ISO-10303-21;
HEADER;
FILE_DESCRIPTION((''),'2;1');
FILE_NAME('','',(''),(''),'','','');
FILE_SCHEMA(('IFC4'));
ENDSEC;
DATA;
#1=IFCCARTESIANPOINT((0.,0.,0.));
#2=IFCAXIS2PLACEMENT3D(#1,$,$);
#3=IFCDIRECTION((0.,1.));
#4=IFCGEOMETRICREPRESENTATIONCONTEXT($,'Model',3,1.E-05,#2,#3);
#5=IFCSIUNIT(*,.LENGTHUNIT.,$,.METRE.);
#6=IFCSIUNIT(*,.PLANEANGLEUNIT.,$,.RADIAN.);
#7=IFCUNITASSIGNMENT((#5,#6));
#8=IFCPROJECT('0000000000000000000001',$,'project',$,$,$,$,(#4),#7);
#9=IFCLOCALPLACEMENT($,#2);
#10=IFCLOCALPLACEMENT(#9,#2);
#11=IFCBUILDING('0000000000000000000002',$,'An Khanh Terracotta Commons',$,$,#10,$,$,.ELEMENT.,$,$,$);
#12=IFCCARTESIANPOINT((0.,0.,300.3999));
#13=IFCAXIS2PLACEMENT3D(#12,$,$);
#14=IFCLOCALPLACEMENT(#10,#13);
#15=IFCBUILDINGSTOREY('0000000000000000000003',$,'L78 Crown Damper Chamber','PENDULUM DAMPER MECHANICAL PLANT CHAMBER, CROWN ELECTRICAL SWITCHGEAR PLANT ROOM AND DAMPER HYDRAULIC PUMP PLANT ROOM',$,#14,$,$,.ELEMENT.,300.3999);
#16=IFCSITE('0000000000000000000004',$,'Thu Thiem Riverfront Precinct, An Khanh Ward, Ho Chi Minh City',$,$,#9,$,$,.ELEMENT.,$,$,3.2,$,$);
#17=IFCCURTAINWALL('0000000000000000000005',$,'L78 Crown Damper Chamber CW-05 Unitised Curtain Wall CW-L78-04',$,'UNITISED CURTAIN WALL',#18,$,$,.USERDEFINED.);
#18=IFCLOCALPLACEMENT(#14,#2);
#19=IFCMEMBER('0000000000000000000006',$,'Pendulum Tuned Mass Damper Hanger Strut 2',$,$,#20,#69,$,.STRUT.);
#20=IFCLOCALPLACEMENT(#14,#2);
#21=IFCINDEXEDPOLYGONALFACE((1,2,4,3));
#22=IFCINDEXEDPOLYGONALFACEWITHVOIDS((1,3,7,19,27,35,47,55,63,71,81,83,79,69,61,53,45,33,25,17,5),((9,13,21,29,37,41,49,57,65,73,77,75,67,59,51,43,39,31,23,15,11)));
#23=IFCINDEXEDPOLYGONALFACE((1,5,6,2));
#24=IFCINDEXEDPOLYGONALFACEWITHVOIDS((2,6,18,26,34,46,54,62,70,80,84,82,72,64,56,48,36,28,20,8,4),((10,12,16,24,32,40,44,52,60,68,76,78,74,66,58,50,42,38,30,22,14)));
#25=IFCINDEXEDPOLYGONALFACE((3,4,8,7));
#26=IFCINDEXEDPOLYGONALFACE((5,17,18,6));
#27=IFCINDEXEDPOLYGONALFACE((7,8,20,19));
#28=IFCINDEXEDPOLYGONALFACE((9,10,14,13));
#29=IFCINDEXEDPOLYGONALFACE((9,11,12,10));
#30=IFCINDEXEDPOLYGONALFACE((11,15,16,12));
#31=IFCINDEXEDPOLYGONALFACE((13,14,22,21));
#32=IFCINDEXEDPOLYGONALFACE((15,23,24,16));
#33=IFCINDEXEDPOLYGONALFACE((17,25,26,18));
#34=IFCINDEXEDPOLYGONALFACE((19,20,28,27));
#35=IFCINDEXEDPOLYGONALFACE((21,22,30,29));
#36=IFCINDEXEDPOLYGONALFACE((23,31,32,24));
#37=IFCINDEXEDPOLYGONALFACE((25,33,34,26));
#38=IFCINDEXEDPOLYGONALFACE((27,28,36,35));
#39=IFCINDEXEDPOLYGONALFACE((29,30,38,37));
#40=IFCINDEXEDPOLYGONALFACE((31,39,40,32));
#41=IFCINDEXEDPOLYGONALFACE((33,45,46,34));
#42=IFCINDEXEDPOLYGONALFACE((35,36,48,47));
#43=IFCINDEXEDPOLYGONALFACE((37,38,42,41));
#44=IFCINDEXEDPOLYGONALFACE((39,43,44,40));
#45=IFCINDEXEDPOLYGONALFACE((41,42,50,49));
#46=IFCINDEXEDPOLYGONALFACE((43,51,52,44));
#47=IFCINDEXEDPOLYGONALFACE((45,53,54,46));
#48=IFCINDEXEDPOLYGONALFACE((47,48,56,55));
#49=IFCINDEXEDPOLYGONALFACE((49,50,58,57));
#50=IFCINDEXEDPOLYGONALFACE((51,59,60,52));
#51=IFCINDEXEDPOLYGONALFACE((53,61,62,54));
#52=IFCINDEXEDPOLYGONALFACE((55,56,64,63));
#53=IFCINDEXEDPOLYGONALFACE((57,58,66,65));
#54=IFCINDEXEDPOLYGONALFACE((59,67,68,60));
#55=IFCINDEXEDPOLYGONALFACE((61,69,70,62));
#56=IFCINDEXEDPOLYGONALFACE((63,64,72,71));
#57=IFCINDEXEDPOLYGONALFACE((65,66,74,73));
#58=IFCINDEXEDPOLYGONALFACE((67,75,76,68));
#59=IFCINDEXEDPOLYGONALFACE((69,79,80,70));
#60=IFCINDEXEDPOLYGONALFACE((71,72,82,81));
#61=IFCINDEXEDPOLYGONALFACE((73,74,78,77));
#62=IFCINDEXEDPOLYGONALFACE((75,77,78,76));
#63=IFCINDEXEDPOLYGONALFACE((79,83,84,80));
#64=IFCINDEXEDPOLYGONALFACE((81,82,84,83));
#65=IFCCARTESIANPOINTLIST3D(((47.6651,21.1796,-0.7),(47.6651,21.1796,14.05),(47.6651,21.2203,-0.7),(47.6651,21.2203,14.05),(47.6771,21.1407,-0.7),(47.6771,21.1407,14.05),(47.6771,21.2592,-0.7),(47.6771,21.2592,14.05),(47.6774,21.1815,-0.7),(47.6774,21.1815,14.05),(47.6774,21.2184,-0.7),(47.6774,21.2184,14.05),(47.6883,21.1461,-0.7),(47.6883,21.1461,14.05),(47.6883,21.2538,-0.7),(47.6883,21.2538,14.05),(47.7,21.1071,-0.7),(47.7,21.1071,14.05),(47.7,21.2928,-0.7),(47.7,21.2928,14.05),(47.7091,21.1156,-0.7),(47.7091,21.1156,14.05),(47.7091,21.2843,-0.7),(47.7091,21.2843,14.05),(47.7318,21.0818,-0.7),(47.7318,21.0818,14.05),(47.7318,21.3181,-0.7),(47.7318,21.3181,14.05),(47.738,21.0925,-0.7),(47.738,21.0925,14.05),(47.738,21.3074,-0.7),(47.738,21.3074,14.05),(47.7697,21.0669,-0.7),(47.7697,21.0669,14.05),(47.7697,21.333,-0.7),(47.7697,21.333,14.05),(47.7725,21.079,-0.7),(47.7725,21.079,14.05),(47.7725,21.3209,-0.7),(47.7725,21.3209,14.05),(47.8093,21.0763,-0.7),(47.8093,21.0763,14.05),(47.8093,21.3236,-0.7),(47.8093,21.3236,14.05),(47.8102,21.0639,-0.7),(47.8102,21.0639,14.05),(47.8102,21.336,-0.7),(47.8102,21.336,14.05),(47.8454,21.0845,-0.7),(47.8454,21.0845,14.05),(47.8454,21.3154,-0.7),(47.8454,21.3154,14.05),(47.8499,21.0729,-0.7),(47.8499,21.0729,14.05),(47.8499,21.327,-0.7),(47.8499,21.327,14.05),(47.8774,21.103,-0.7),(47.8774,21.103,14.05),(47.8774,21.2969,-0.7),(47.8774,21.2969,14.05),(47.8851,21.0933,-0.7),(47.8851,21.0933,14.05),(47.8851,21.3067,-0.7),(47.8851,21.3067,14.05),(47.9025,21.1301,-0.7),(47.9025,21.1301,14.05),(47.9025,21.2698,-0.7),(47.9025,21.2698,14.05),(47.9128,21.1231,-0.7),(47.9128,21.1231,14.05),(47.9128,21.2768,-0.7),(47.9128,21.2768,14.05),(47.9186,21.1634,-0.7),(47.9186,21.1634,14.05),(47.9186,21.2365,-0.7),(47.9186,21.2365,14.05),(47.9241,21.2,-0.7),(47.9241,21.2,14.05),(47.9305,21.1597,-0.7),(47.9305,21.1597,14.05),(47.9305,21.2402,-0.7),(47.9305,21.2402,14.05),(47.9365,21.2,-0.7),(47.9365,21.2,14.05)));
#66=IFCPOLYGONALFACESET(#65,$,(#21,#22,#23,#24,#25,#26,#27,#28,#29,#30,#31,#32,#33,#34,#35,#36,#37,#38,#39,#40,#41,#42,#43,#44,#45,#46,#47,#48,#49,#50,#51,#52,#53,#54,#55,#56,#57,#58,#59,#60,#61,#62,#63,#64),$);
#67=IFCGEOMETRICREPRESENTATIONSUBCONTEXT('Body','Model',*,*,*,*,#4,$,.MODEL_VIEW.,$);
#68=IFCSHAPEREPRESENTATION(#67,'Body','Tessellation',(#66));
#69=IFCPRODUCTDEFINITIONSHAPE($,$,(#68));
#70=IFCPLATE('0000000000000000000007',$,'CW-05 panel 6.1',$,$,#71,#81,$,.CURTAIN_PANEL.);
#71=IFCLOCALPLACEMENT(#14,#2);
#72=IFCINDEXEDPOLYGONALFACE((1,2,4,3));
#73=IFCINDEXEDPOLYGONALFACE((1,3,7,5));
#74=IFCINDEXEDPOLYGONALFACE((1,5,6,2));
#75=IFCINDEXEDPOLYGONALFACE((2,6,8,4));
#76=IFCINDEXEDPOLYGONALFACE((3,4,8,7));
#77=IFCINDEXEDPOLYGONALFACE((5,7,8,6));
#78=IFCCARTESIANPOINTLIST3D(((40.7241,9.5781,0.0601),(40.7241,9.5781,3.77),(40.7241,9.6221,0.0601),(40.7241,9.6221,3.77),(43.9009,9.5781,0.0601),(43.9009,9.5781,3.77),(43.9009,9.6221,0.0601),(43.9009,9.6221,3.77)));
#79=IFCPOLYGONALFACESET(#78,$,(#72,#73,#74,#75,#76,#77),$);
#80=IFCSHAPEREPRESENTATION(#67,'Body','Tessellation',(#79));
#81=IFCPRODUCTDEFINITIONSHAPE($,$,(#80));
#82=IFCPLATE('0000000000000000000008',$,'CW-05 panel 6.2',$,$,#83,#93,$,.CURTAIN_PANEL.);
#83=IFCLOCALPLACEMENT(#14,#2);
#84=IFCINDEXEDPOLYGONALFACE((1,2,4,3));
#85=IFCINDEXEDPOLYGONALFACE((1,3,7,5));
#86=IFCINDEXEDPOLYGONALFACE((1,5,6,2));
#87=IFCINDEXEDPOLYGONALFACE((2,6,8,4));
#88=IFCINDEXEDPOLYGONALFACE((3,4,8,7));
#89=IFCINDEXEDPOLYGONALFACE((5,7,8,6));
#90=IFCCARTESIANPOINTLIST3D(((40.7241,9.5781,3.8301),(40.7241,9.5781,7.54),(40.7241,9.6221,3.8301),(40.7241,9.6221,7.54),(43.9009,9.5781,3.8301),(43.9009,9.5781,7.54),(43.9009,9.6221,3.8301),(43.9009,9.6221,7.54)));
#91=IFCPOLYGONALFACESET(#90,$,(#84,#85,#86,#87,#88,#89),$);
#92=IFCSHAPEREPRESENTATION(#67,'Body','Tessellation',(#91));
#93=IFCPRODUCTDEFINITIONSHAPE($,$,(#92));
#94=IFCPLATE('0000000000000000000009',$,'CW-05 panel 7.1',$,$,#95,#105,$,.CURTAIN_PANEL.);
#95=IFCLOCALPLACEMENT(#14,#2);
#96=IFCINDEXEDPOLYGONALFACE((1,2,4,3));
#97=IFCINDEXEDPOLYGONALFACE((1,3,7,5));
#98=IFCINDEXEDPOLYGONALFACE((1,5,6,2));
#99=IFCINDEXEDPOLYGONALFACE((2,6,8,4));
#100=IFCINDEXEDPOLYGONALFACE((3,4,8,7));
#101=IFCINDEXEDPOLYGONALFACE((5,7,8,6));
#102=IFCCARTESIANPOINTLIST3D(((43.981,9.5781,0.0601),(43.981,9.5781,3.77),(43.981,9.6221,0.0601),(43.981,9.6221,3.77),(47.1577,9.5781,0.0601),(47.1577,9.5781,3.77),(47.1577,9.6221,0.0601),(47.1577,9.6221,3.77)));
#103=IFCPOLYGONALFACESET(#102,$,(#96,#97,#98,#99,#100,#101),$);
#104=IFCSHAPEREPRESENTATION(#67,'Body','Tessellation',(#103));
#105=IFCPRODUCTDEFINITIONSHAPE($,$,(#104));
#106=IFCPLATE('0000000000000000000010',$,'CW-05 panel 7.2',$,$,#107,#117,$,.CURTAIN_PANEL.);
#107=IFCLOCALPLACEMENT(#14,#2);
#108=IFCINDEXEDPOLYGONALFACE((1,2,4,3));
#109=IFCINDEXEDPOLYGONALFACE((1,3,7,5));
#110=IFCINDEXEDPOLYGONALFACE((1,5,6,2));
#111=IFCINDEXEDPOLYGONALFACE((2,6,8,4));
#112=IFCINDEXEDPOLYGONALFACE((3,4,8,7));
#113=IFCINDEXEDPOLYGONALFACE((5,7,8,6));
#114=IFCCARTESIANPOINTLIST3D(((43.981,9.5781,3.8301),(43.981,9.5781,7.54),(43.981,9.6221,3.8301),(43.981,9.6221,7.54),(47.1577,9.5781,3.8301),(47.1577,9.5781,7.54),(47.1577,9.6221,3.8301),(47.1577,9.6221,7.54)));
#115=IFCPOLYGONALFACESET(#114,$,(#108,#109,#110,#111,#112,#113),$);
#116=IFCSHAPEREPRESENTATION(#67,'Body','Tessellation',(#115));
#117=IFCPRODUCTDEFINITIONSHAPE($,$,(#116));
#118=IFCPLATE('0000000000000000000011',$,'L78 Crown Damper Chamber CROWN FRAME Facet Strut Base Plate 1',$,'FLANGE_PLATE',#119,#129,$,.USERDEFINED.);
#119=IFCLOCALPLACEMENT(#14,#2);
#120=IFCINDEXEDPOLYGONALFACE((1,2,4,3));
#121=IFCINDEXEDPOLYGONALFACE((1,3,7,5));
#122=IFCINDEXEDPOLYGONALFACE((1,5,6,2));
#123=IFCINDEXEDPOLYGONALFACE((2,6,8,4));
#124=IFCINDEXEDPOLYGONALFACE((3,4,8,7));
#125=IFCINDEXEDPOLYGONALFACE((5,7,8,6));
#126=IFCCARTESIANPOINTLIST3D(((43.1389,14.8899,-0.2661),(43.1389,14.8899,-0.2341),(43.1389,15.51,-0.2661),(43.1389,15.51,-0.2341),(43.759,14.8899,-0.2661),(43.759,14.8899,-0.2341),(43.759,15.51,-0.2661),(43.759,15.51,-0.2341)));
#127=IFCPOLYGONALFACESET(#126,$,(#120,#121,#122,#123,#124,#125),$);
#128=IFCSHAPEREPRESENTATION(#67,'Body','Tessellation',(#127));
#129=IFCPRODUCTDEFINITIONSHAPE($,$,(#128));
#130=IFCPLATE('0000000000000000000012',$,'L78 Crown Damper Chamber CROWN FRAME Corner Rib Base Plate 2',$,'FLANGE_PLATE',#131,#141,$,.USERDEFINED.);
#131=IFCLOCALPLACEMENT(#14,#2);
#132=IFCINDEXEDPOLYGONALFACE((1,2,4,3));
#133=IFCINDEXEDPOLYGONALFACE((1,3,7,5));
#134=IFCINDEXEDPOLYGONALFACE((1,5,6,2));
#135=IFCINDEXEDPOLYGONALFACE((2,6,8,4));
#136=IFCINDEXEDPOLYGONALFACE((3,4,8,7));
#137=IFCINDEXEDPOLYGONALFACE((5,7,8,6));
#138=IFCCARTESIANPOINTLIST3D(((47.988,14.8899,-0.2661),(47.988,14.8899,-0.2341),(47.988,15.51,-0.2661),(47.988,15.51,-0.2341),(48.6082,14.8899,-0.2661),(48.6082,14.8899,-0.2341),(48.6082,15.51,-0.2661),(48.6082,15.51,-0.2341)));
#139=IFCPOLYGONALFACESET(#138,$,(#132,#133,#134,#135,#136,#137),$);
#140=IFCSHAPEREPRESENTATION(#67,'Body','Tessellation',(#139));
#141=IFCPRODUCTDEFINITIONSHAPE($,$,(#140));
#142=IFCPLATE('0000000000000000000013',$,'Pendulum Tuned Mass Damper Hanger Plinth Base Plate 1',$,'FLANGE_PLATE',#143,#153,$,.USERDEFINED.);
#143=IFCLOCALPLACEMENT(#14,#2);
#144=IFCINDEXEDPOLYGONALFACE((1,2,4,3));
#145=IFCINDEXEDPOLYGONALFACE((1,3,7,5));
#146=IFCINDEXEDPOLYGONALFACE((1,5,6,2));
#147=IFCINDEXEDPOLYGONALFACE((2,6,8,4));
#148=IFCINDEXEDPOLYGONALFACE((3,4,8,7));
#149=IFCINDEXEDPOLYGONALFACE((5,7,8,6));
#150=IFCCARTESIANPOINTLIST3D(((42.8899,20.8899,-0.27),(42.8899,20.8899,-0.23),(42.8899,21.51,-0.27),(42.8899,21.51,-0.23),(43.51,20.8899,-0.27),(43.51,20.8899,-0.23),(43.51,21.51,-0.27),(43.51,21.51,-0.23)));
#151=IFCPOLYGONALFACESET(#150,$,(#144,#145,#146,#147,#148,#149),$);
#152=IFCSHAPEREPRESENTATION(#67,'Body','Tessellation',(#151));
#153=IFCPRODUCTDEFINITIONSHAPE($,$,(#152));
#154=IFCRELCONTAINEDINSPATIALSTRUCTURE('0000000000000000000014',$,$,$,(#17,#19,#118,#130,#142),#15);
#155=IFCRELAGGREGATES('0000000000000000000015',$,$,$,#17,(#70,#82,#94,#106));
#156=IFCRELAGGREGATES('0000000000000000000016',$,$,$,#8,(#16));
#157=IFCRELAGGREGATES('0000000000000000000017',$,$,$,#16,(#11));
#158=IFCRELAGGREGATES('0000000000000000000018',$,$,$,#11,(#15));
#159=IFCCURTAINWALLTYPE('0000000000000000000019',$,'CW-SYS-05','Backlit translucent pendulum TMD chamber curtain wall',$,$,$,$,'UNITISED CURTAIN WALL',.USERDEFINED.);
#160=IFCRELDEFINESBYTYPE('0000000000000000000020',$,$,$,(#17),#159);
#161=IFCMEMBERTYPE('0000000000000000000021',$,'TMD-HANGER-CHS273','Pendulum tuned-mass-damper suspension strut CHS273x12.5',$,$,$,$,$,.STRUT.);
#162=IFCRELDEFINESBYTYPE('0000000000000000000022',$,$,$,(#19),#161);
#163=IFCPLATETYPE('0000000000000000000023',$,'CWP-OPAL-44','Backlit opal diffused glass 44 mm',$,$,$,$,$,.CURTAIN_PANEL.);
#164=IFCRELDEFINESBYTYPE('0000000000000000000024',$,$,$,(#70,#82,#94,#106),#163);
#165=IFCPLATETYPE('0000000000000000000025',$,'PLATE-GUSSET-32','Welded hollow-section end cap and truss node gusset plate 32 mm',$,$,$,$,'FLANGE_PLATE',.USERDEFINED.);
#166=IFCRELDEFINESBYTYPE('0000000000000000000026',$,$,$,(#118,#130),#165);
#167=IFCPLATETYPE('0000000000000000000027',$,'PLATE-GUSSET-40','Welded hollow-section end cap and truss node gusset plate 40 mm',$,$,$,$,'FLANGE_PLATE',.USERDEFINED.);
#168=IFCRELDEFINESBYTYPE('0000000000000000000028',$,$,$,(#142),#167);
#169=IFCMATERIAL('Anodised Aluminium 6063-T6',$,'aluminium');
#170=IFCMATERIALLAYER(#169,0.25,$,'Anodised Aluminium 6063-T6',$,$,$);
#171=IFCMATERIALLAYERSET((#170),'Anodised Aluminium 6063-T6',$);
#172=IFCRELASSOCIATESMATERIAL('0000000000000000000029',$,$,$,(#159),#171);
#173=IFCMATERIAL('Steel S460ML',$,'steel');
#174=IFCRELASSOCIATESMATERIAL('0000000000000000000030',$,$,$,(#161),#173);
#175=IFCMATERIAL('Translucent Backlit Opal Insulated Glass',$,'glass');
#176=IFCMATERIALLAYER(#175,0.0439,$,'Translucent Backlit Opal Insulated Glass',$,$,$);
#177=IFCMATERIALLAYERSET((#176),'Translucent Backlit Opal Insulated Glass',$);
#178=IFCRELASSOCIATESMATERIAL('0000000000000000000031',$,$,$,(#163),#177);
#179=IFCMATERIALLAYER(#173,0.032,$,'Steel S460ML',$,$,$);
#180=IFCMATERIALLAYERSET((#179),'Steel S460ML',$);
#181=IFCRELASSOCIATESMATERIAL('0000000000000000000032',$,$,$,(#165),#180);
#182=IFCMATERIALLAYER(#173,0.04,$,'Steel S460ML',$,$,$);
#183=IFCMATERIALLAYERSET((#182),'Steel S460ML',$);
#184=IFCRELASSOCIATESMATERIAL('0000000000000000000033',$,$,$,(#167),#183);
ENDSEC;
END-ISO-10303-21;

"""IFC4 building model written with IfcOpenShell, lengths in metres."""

from ifc_helpers import new_model, si_unit, direction, frame, origin, origin_2d, place, context, subcontext, project, spatial, rectangle, hollow_circle, extrude, material, layer, layer_set, material_profile, profile_set, type_object, element, aggregate, save


model = new_model("IFC4")

# Units and contexts
model_context = context("Model", 3, precision=1e-05, world=origin(), true_north=direction((0.0, 1.0)))
body_context = subcontext(model_context, "Body", "Model", "MODEL_VIEW")
ifc_project = project(units=[si_unit("LENGTHUNIT", "METRE"), si_unit("PLANEANGLEUNIT", "RADIAN")], contexts=[model_context])

# Site, building, storey
site_placement = place(None, origin())
site = spatial("IfcSite", under=ifc_project, at=site_placement, Name="Thu Thiem Riverfront Precinct, An Khanh Ward, Ho Chi Minh City", CompositionType="ELEMENT", RefElevation=3.2)
building_placement = place(site_placement, origin())
building = spatial("IfcBuilding", under=site, at=building_placement, Name="An Khanh Terracotta Commons", CompositionType="ELEMENT")
storey_placement = place(building_placement, frame((0.0, 0.0, 300.3999)))
storey = spatial("IfcBuildingStorey", under=building, at=storey_placement, Name="L78 Crown Damper Chamber", Description="PENDULUM DAMPER MECHANICAL PLANT CHAMBER, CROWN ELECTRICAL SWITCHGEAR PLANT ROOM AND DAMPER HYDRAULIC PUMP PLANT ROOM", CompositionType="ELEMENT", Elevation=300.3999)

# Shared definitions
ifc_material_1 = material(Name="Steel S460ML", Category="steel")

# Curtain wall
ifc_material_2 = material(Name="Anodised Aluminium 6063-T6", Category="aluminium")
ifc_layer_1 = layer(ifc_material_2, 0.25, Name="Anodised Aluminium 6063-T6")
ifc_layer_set_1 = layer_set([ifc_layer_1], Name="Anodised Aluminium 6063-T6")
curtain_wall_type = type_object("IfcCurtainWallType", Name="CW-SYS-05", Description="Backlit translucent pendulum TMD chamber curtain wall", ElementType="UNITISED CURTAIN WALL", PredefinedType="USERDEFINED", material=ifc_layer_set_1)
curtain_wall_placement = place(storey_placement, origin())
curtain_wall = element("IfcCurtainWall", 1, at=curtain_wall_placement, inside=storey, type_object=curtain_wall_type, Name="L78 Crown Damper Chamber CW-05 Unitised Curtain Wall CW-L78-04", ObjectType="UNITISED CURTAIN WALL", PredefinedType="USERDEFINED")

# Member
ifc_material_profile_1 = material_profile(ifc_material_1, hollow_circle(Radius=0.1365, WallThickness=0.0125, at=origin_2d()), Name="CHS273x12.5")
ifc_profile_set_1 = profile_set([ifc_material_profile_1], Name="Steel S460ML")
member_type_1 = type_object("IfcMemberType", Name="TMD-HANGER-CHS273", Description="Pendulum tuned-mass-damper suspension strut CHS273x12.5", PredefinedType="STRUT", material=ifc_profile_set_1)
for number, where, z_axis, x_axis, name in (
    (2, (47.8, 21.2, -0.7), (0.0, 0.0, 1.0), (1.0, 0.0, 0.0), "Pendulum Tuned Mass Damper Hanger Strut 2"),
):
    element("IfcMember", number, at=place(storey_placement, frame(where, z_axis=z_axis, x_axis=x_axis)), inside=storey, type_object=member_type_1, Name=name, PredefinedType="STRUT", context=body_context, shape_type="SweptSolid", body=[
        extrude(hollow_circle(Radius=0.1365, WallThickness=0.0125, at=origin_2d()), origin(), (0.0, 0.0, 1.0), 14.75),
    ])

# Plates
ifc_material_3 = material(Name="Translucent Backlit Opal Insulated Glass", Category="glass")
ifc_layer_2 = layer(ifc_material_3, 0.0439, Name="Translucent Backlit Opal Insulated Glass")
ifc_layer_set_2 = layer_set([ifc_layer_2], Name="Translucent Backlit Opal Insulated Glass")
plate_type_1 = type_object("IfcPlateType", Name="CWP-OPAL-44", Description="Backlit opal diffused glass 44 mm", PredefinedType="CURTAIN_PANEL", material=ifc_layer_set_2)
plate_1_placement = place(storey_placement, frame((42.3125, 9.6001, 0.0601), z_axis=(0.0, 0.0, 1.0), x_axis=(1.0, 0.0, 0.0)))
plate_1 = element("IfcPlate", 3, at=plate_1_placement, type_object=plate_type_1, Name="CW-05 panel 6.1", PredefinedType="CURTAIN_PANEL", context=body_context, shape_type="SweptSolid", body=[
    extrude(rectangle(XDim=3.1768, YDim=0.0439, at=origin_2d()), origin(), (0.0, 0.0, 1.0), 3.71),
])
plate_2_placement = place(storey_placement, frame((42.3125, 9.6001, 3.8301), z_axis=(0.0, 0.0, 1.0), x_axis=(1.0, 0.0, 0.0)))
plate_2 = element("IfcPlate", 4, at=plate_2_placement, type_object=plate_type_1, Name="CW-05 panel 6.2", PredefinedType="CURTAIN_PANEL", context=body_context, shape_type="SweptSolid", body=[
    extrude(rectangle(XDim=3.1768, YDim=0.0439, at=origin_2d()), origin(), (0.0, 0.0, 1.0), 3.71),
])
plate_3_placement = place(storey_placement, frame((45.5693, 9.6001, 0.0601), z_axis=(0.0, 0.0, 1.0), x_axis=(1.0, 0.0, 0.0)))
plate_3 = element("IfcPlate", 5, at=plate_3_placement, type_object=plate_type_1, Name="CW-05 panel 7.1", PredefinedType="CURTAIN_PANEL", context=body_context, shape_type="SweptSolid", body=[
    extrude(rectangle(XDim=3.1768, YDim=0.0439, at=origin_2d()), origin(), (0.0, 0.0, 1.0), 3.71),
])
plate_4_placement = place(storey_placement, frame((45.5693, 9.6001, 3.8301), z_axis=(0.0, 0.0, 1.0), x_axis=(1.0, 0.0, 0.0)))
plate_4 = element("IfcPlate", 6, at=plate_4_placement, type_object=plate_type_1, Name="CW-05 panel 7.2", PredefinedType="CURTAIN_PANEL", context=body_context, shape_type="SweptSolid", body=[
    extrude(rectangle(XDim=3.1768, YDim=0.0439, at=origin_2d()), origin(), (0.0, 0.0, 1.0), 3.71),
])
aggregate(curtain_wall, [plate_1, plate_2, plate_3, plate_4])

# Plates
ifc_layer_3 = layer(ifc_material_1, 0.032, Name="Steel S460ML")
ifc_layer_set_3 = layer_set([ifc_layer_3], Name="Steel S460ML")
plate_type_2 = type_object("IfcPlateType", Name="PLATE-GUSSET-32", Description="Welded hollow-section end cap and truss node gusset plate 32 mm", ElementType="FLANGE_PLATE", PredefinedType="USERDEFINED", material=ifc_layer_set_3)
for number, where, z_axis, x_axis, name in (
    (7, (43.449, 15.2, -0.2661), (0.0, 0.0, 1.0), (1.0, 0.0, 0.0), "L78 Crown Damper Chamber CROWN FRAME Facet Strut Base Plate 1"),
    (8, (48.2981, 15.2, -0.2661), (0.0, 0.0, 1.0), (1.0, 0.0, 0.0), "L78 Crown Damper Chamber CROWN FRAME Corner Rib Base Plate 2"),
):
    element("IfcPlate", number, at=place(storey_placement, frame(where, z_axis=z_axis, x_axis=x_axis)), inside=storey, type_object=plate_type_2, Name=name, ObjectType="FLANGE_PLATE", PredefinedType="USERDEFINED", context=body_context, shape_type="SweptSolid", body=[
        extrude(rectangle(XDim=0.6201, YDim=0.6201, at=origin_2d()), origin(), (0.0, 0.0, 1.0), 0.032),
    ])
ifc_layer_4 = layer(ifc_material_1, 0.04, Name="Steel S460ML")
ifc_layer_set_4 = layer_set([ifc_layer_4], Name="Steel S460ML")
plate_type_3 = type_object("IfcPlateType", Name="PLATE-GUSSET-40", Description="Welded hollow-section end cap and truss node gusset plate 40 mm", ElementType="FLANGE_PLATE", PredefinedType="USERDEFINED", material=ifc_layer_set_4)
plate_5_placement = place(storey_placement, frame((43.2, 21.2, -0.27), z_axis=(0.0, 0.0, 1.0), x_axis=(1.0, 0.0, 0.0)))
element("IfcPlate", 9, at=plate_5_placement, inside=storey, type_object=plate_type_3, Name="Pendulum Tuned Mass Damper Hanger Plinth Base Plate 1", ObjectType="FLANGE_PLATE", PredefinedType="USERDEFINED", context=body_context, shape_type="SweptSolid", body=[
    extrude(rectangle(XDim=0.6201, YDim=0.6201, at=origin_2d()), origin(), (0.0, 0.0, 1.0), 0.04),
])

save(model, "model.ifc")
